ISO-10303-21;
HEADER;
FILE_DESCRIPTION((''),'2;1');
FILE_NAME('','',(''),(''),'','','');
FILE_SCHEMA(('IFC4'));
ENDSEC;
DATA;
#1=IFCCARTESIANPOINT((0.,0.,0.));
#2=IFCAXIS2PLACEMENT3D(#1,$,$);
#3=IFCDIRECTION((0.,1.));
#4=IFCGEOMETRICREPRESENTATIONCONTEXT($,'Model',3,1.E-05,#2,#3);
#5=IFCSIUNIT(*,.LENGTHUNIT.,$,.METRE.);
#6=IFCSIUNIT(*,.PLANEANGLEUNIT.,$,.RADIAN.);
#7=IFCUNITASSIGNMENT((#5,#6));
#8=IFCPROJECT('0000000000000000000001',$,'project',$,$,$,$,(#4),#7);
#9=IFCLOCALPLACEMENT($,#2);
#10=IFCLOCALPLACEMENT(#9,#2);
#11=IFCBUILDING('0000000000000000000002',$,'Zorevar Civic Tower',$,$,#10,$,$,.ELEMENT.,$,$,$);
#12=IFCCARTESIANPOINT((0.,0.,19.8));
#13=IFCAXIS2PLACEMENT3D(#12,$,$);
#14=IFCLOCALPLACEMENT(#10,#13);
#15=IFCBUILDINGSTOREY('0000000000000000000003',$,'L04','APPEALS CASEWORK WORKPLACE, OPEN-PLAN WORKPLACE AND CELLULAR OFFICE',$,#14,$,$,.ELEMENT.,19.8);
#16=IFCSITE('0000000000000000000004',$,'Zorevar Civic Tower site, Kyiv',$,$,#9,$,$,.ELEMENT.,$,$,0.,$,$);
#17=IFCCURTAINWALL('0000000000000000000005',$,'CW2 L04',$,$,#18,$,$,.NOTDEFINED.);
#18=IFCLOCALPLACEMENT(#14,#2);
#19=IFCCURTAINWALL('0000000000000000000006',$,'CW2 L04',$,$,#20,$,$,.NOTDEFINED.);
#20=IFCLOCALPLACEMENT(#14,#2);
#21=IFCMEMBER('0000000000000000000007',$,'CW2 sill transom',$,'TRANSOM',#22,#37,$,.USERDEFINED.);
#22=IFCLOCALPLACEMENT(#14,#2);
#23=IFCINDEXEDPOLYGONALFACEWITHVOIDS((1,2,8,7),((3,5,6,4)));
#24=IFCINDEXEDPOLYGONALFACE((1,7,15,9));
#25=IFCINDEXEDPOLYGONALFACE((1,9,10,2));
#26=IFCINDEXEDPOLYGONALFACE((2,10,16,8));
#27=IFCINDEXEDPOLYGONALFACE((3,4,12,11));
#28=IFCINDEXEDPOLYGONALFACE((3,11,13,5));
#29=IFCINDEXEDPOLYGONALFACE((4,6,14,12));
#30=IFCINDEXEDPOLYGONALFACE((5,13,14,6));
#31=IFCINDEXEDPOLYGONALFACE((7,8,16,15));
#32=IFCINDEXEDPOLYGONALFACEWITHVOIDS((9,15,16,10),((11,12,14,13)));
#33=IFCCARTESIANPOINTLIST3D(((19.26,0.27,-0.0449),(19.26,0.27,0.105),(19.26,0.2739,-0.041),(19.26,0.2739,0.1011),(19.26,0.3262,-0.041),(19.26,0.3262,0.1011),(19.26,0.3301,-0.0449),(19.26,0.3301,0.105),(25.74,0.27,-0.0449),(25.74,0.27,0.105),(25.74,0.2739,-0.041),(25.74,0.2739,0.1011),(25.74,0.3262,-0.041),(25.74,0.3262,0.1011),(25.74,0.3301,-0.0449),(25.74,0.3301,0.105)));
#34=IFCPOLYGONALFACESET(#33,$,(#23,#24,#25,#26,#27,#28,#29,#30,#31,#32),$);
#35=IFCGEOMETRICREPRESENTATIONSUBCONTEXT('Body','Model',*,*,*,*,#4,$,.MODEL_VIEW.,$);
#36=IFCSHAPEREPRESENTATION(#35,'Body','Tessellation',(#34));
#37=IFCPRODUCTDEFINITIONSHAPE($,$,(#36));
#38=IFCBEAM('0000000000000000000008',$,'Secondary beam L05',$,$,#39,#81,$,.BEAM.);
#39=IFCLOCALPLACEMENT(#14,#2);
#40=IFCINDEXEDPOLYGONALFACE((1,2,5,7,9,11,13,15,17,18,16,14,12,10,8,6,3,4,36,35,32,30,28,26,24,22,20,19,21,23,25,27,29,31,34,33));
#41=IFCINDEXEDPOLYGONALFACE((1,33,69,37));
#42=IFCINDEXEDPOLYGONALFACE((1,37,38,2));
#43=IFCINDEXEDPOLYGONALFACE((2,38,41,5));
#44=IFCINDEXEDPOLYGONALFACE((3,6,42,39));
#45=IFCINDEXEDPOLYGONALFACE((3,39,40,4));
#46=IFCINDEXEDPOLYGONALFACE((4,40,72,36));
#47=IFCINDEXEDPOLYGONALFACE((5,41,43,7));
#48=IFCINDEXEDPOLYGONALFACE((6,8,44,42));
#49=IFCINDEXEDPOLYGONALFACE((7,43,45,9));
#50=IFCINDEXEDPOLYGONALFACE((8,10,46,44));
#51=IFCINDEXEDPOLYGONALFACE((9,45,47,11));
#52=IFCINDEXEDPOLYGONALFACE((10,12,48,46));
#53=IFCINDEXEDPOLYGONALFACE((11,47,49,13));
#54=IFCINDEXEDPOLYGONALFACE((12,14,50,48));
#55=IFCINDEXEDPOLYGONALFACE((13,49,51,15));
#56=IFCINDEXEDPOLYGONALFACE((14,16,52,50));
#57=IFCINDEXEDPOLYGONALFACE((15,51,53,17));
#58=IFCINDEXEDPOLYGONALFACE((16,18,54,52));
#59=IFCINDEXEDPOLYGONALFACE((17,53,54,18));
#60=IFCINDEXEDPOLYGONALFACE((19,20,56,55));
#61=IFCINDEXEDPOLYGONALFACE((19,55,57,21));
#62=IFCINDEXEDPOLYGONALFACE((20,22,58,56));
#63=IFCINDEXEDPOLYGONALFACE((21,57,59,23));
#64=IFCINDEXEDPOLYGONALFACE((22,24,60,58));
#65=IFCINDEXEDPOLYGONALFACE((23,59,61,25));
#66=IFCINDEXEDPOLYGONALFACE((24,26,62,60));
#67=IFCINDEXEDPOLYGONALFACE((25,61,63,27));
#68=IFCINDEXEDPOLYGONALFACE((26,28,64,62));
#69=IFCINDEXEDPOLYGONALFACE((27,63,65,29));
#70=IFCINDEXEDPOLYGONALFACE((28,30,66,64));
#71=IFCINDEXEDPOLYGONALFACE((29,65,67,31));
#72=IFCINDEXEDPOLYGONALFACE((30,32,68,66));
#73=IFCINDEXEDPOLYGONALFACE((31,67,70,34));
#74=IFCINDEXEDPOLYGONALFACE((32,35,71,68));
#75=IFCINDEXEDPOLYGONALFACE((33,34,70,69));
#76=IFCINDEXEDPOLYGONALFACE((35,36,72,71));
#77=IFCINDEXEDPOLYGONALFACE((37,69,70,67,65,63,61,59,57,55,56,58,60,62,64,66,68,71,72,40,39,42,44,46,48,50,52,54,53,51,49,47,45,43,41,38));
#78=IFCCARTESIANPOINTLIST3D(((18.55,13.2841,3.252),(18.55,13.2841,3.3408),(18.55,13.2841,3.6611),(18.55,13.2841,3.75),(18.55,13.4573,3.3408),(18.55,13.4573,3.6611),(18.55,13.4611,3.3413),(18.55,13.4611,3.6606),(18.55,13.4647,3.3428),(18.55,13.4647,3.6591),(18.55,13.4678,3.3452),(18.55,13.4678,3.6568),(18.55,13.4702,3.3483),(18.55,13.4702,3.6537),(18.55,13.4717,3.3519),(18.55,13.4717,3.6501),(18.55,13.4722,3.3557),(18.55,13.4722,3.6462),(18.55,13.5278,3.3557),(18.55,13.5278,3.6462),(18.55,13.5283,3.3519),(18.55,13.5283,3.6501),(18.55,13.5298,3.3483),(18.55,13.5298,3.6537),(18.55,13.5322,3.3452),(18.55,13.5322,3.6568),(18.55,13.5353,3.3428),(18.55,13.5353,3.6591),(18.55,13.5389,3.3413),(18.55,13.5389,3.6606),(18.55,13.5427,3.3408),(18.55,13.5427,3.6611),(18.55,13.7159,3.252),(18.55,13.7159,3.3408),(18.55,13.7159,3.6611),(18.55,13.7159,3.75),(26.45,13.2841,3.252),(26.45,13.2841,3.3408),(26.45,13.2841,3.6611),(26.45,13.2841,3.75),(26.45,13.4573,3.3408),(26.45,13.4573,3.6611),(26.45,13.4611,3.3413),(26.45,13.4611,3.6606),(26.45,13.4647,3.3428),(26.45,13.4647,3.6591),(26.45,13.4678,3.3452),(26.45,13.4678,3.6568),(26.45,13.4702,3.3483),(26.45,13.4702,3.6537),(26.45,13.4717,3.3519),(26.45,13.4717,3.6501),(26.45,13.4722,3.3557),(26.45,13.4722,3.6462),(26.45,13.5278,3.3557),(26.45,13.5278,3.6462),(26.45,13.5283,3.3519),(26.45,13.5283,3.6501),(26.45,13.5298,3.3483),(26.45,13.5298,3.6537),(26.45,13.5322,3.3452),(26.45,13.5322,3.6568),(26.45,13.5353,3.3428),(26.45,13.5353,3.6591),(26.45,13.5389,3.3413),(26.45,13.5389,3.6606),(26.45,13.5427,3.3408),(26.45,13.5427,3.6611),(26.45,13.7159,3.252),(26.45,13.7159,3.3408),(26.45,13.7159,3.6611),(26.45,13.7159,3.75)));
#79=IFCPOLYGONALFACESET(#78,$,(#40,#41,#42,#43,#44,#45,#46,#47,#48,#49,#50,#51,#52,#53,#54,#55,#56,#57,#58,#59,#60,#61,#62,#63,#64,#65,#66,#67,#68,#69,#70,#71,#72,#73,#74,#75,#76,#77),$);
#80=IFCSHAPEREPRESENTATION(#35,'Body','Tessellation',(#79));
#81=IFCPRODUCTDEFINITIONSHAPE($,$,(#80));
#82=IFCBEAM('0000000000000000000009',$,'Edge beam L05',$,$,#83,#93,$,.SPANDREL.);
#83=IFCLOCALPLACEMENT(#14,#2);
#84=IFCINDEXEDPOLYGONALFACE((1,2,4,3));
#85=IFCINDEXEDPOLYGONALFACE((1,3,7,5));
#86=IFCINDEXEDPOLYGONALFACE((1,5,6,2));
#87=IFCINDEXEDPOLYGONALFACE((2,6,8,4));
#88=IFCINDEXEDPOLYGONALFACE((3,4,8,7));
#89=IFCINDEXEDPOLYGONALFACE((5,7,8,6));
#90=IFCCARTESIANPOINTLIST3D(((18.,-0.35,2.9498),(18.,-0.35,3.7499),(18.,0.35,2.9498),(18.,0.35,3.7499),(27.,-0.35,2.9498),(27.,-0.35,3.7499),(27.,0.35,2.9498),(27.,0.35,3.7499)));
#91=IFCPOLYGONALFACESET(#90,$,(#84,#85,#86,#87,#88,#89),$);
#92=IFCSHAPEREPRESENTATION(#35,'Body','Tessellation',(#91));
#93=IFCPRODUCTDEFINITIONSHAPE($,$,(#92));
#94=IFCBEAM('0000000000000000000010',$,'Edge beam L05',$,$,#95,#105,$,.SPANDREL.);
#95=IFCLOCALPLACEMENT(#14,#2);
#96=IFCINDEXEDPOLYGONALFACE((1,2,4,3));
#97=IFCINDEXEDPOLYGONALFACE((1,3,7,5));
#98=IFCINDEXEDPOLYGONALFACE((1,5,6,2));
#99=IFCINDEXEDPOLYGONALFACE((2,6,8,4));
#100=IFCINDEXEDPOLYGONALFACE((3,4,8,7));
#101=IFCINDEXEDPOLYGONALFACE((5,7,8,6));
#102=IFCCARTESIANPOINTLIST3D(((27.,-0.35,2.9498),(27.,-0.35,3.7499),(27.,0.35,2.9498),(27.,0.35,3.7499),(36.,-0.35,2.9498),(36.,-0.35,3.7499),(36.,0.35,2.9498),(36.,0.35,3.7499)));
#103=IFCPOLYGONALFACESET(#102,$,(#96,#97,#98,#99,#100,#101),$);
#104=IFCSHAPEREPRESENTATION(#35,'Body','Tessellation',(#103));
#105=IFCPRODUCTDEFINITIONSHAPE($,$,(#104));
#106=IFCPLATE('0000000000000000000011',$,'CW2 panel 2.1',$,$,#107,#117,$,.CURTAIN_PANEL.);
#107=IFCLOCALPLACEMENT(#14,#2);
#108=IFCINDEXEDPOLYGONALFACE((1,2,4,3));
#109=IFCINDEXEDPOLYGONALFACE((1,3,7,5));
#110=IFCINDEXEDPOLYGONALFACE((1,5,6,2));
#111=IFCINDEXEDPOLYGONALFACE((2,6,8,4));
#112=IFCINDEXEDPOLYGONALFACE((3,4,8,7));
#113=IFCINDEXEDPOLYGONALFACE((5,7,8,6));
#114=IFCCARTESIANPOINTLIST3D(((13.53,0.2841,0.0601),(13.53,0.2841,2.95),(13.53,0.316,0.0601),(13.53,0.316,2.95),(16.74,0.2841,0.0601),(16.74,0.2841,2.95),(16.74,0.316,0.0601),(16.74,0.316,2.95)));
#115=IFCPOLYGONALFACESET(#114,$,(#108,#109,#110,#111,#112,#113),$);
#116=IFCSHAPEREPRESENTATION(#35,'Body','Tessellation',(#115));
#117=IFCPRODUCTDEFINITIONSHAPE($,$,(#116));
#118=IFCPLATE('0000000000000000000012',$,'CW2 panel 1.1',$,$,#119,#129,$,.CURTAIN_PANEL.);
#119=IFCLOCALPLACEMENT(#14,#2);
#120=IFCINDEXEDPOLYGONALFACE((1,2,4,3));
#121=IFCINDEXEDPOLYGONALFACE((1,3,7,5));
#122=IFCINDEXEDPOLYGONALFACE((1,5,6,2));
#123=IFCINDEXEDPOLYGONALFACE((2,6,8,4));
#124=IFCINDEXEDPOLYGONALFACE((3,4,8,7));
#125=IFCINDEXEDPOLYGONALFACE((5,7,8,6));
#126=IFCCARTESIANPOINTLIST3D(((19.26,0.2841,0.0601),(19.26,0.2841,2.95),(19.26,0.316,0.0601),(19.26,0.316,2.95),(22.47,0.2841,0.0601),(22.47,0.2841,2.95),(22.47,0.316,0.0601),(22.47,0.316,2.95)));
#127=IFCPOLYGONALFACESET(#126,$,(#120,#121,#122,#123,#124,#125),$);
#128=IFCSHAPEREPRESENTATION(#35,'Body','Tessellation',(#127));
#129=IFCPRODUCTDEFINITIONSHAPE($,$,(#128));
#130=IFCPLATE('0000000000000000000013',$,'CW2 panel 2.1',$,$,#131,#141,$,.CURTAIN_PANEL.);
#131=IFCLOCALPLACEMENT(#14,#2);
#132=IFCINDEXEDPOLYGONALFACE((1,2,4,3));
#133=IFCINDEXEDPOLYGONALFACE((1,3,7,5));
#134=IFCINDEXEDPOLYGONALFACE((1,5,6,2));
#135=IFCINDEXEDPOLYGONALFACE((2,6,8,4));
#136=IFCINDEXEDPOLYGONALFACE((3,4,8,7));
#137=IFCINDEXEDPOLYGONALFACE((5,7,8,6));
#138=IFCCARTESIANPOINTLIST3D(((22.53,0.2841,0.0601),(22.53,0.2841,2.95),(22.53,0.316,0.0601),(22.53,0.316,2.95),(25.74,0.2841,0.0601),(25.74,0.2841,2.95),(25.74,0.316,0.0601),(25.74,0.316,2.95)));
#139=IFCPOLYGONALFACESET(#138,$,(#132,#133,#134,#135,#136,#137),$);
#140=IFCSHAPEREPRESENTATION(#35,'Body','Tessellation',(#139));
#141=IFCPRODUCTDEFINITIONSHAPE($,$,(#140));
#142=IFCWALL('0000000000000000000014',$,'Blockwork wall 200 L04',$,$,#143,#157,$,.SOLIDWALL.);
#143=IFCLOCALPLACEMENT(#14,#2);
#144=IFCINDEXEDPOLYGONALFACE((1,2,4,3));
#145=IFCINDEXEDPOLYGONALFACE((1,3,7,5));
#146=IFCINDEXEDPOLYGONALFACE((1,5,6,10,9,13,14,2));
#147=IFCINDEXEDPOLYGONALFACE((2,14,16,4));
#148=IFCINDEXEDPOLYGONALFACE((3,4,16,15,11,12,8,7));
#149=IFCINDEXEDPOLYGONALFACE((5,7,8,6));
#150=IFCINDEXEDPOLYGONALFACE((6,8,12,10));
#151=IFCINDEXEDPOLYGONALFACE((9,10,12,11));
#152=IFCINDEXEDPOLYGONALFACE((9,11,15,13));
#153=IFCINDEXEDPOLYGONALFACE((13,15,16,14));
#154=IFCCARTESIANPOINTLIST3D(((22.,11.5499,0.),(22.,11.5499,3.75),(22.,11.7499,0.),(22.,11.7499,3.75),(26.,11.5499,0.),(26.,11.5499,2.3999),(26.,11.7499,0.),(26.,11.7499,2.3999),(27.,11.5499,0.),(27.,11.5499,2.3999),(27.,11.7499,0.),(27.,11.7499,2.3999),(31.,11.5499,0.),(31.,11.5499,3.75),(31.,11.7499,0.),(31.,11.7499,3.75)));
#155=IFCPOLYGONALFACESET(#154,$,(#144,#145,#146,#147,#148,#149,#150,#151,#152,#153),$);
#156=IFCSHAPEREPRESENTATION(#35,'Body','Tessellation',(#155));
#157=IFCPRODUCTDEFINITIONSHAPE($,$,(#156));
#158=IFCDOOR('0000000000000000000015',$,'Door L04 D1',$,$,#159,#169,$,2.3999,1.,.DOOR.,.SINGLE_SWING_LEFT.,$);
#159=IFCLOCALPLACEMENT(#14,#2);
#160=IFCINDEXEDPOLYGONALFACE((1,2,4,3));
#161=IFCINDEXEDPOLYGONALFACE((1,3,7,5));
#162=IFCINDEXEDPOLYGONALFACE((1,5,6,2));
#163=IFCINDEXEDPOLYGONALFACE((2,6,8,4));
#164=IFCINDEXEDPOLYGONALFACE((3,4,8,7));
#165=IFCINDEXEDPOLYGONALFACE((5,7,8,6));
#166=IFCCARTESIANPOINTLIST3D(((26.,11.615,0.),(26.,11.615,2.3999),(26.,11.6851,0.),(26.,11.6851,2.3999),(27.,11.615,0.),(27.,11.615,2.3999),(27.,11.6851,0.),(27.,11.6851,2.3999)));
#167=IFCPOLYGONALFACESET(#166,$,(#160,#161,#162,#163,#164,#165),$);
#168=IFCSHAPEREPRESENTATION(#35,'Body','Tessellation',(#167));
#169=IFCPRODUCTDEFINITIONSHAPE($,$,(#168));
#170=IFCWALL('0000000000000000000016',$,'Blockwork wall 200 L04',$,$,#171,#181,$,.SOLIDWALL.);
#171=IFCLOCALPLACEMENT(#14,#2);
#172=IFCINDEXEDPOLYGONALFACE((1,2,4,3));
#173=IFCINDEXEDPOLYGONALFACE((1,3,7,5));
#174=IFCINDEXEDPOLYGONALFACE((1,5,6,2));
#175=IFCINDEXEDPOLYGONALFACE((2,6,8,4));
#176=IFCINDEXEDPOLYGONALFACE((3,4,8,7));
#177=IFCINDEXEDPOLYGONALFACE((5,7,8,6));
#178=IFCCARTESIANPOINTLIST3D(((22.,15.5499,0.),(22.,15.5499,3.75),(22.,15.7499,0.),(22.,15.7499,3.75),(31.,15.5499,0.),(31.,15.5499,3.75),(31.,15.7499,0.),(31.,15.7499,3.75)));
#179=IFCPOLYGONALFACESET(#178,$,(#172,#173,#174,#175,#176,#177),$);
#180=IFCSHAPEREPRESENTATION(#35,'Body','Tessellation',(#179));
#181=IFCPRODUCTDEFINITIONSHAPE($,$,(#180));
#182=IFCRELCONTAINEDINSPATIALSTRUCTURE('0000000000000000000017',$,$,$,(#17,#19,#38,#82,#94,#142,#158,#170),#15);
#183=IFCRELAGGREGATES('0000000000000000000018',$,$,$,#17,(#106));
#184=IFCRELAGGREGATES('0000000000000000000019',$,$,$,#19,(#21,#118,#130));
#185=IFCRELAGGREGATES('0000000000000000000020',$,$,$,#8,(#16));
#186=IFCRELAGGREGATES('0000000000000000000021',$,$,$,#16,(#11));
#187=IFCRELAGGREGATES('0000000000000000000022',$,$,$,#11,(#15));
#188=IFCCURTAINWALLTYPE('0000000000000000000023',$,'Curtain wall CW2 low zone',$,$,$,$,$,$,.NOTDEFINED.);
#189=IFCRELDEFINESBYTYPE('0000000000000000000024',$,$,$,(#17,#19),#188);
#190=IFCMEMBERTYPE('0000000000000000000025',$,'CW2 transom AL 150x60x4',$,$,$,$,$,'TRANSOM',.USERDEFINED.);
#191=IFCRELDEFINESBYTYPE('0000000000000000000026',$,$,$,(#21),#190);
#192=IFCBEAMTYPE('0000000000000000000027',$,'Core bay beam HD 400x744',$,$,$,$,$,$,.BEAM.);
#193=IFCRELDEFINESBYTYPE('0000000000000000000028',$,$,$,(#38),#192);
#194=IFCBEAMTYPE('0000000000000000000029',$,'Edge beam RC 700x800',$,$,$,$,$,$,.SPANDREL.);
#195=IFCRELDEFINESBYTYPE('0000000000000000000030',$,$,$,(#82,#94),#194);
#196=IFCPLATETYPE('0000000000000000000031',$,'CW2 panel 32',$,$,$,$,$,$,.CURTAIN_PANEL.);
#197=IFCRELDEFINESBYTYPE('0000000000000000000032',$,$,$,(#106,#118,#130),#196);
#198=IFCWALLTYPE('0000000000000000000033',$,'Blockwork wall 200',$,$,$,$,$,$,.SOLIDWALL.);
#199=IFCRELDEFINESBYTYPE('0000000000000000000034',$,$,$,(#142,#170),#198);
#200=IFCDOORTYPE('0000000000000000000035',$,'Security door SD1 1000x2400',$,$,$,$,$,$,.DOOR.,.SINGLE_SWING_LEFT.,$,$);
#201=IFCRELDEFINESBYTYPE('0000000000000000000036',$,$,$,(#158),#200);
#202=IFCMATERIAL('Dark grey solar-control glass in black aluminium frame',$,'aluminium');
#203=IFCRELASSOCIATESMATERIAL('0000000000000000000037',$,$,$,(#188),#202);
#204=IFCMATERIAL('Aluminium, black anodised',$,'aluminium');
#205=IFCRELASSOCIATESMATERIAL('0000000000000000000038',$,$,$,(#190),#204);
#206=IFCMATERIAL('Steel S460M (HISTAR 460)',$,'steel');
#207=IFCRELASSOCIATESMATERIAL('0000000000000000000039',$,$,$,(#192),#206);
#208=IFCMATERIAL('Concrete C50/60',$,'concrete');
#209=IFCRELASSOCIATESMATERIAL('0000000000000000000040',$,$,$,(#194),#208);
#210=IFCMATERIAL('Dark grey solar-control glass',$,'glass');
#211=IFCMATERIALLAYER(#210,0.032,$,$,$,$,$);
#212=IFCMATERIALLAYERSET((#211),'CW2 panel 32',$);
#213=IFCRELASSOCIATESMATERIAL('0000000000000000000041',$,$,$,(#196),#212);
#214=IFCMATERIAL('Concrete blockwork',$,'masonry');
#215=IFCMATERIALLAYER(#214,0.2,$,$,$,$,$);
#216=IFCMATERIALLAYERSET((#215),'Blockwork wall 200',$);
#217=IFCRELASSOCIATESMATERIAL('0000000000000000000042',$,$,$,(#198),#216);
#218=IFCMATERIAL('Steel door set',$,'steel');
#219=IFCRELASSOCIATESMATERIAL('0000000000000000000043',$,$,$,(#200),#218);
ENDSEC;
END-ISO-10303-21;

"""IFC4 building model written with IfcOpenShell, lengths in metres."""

from ifc_helpers import new_model, si_unit, direction, frame, frame_2d, origin, origin_2d, place, context, subcontext, project, spatial, rectangle, hollow_rectangle, i_section, extrude, material, layer, layer_set, material_profile, profile_set, type_object, element, fill, aggregate, save


model = new_model("IFC4")

# Units and contexts
model_context = context("Model", 3, precision=1e-05, world=origin(), true_north=direction((0.0, 1.0)))
body_context = subcontext(model_context, "Body", "Model", "MODEL_VIEW")
ifc_project = project(units=[si_unit("LENGTHUNIT", "METRE"), si_unit("PLANEANGLEUNIT", "RADIAN")], contexts=[model_context])

# Site, building, storey
site_placement = place(None, origin())
site = spatial("IfcSite", under=ifc_project, at=site_placement, Name="Zorevar Civic Tower site, Kyiv", CompositionType="ELEMENT", RefElevation=0.0)
building_placement = place(site_placement, origin())
building = spatial("IfcBuilding", under=site, at=building_placement, Name="Zorevar Civic Tower", CompositionType="ELEMENT")
storey_placement = place(building_placement, frame((0.0, 0.0, 19.8)))
storey = spatial("IfcBuildingStorey", under=building, at=storey_placement, Name="L04", Description="APPEALS CASEWORK WORKPLACE, OPEN-PLAN WORKPLACE AND CELLULAR OFFICE", CompositionType="ELEMENT", Elevation=19.8)

# Curtain wall
ifc_material_1 = material(Name="Dark grey solar-control glass in black aluminium frame", Category="aluminium")
curtain_wall_type = type_object("IfcCurtainWallType", Name="Curtain wall CW2 low zone", PredefinedType="NOTDEFINED", material=ifc_material_1)
curtain_wall_1_placement = place(storey_placement, origin())
curtain_wall_1 = element("IfcCurtainWall", 1, at=curtain_wall_1_placement, inside=storey, type_object=curtain_wall_type, Name="CW2 L04", PredefinedType="NOTDEFINED")

# Curtain wall, member
curtain_wall_2_placement = place(storey_placement, origin())
curtain_wall_2 = element("IfcCurtainWall", 2, at=curtain_wall_2_placement, inside=storey, type_object=curtain_wall_type, Name="CW2 L04", PredefinedType="NOTDEFINED")
ifc_material_2 = material(Name="Aluminium, black anodised", Category="aluminium")
ifc_material_profile_1 = material_profile(ifc_material_2, hollow_rectangle(XDim=0.0601, YDim=0.1499, WallThickness=0.0039, at=origin_2d()), Name="AL 150x60x4")
ifc_profile_set_1 = profile_set([ifc_material_profile_1], Name="Aluminium, black anodised")
member_type_1 = type_object("IfcMemberType", Name="CW2 transom AL 150x60x4", ElementType="TRANSOM", PredefinedType="USERDEFINED", material=ifc_profile_set_1)
member_1_placement = place(storey_placement, frame((19.26, 0.3, 0.03), z_axis=(1.0, 0.0, 0.0), x_axis=(0.0, 1.0, 0.0)))
member_1 = element("IfcMember", 3, at=member_1_placement, type_object=member_type_1, Name="CW2 sill transom", ObjectType="TRANSOM", PredefinedType="USERDEFINED", context=body_context, shape_type="SweptSolid", body=[
    extrude(hollow_rectangle(XDim=0.0601, YDim=0.1499, WallThickness=0.0039, at=origin_2d()), origin(), (0.0, 0.0, 1.0), 6.48),
])

# Beams
ifc_material_3 = material(Name="Steel S460M (HISTAR 460)", Category="steel")
ifc_material_profile_2 = material_profile(ifc_material_3, i_section(OverallWidth=0.4319, OverallDepth=0.498, WebThickness=0.0557, FlangeThickness=0.0889, FilletRadius=0.0149, at=origin_2d()), Name="HD 400x744")
ifc_profile_set_2 = profile_set([ifc_material_profile_2], Name="Steel S460M (HISTAR 460)")
beam_type_1 = type_object("IfcBeamType", Name="Core bay beam HD 400x744", PredefinedType="BEAM", material=ifc_profile_set_2)
beam_1_placement = place(storey_placement, frame((18.55, 13.5, 3.501), z_axis=(1.0, 0.0, 0.0), x_axis=(0.0, 1.0, 0.0)))
element("IfcBeam", 4, at=beam_1_placement, inside=storey, type_object=beam_type_1, Name="Secondary beam L05", PredefinedType="BEAM", context=body_context, shape_type="SweptSolid", body=[
    extrude(i_section(OverallWidth=0.4319, OverallDepth=0.498, WebThickness=0.0557, FlangeThickness=0.0889, FilletRadius=0.0149, at=origin_2d()), origin(), (0.0, 0.0, 1.0), 7.8999),
])
ifc_material_4 = material(Name="Concrete C50/60", Category="concrete")
ifc_material_profile_3 = material_profile(ifc_material_4, rectangle(XDim=0.7, YDim=0.8, at=origin_2d()), Name="RC 700x800")
ifc_profile_set_3 = profile_set([ifc_material_profile_3], Name="Concrete C50/60")
beam_type_2 = type_object("IfcBeamType", Name="Edge beam RC 700x800", PredefinedType="SPANDREL", material=ifc_profile_set_3)
for number, where, z_axis, x_axis, name in (
    (5, (18.0, 0.0, 3.3499), (1.0, 0.0, 0.0), (0.0, 1.0, 0.0), "Edge beam L05"),
    (6, (27.0, 0.0, 3.3499), (1.0, 0.0, 0.0), (0.0, 1.0, 0.0), "Edge beam L05"),
):
    element("IfcBeam", number, at=place(storey_placement, frame(where, z_axis=z_axis, x_axis=x_axis)), inside=storey, type_object=beam_type_2, Name=name, PredefinedType="SPANDREL", context=body_context, shape_type="SweptSolid", body=[
        extrude(rectangle(XDim=0.7, YDim=0.8, at=origin_2d()), origin(), (0.0, 0.0, 1.0), 9.0),
    ])

# Plates
ifc_material_5 = material(Name="Dark grey solar-control glass", Category="glass")
ifc_layer_1 = layer(ifc_material_5, 0.032)
ifc_layer_set_1 = layer_set([ifc_layer_1], Name="CW2 panel 32")
plate_type = type_object("IfcPlateType", Name="CW2 panel 32", PredefinedType="CURTAIN_PANEL", material=ifc_layer_set_1)
plate_1_placement = place(storey_placement, frame((15.135, 0.3, 0.0601), z_axis=(0.0, 0.0, 1.0), x_axis=(1.0, 0.0, 0.0)))
plate_1 = element("IfcPlate", 7, at=plate_1_placement, type_object=plate_type, Name="CW2 panel 2.1", PredefinedType="CURTAIN_PANEL", context=body_context, shape_type="SweptSolid", body=[
    extrude(rectangle(XDim=3.21, YDim=0.032, at=origin_2d()), origin(), (0.0, 0.0, 1.0), 2.8899),
])
aggregate(curtain_wall_1, [plate_1])
plate_2_placement = place(storey_placement, frame((20.865, 0.3, 0.0601), z_axis=(0.0, 0.0, 1.0), x_axis=(1.0, 0.0, 0.0)))
plate_2 = element("IfcPlate", 8, at=plate_2_placement, type_object=plate_type, Name="CW2 panel 1.1", PredefinedType="CURTAIN_PANEL", context=body_context, shape_type="SweptSolid", body=[
    extrude(rectangle(XDim=3.21, YDim=0.032, at=origin_2d()), origin(), (0.0, 0.0, 1.0), 2.8899),
])
plate_3_placement = place(storey_placement, frame((24.135, 0.3, 0.0601), z_axis=(0.0, 0.0, 1.0), x_axis=(1.0, 0.0, 0.0)))
plate_3 = element("IfcPlate", 9, at=plate_3_placement, type_object=plate_type, Name="CW2 panel 2.1", PredefinedType="CURTAIN_PANEL", context=body_context, shape_type="SweptSolid", body=[
    extrude(rectangle(XDim=3.21, YDim=0.032, at=origin_2d()), origin(), (0.0, 0.0, 1.0), 2.8899),
])
aggregate(curtain_wall_2, [member_1, plate_2, plate_3])

# Wall, opening, door
ifc_material_6 = material(Name="Concrete blockwork", Category="masonry")
ifc_layer_2 = layer(ifc_material_6, 0.2)
ifc_layer_set_2 = layer_set([ifc_layer_2], Name="Blockwork wall 200")
wall_type_1 = type_object("IfcWallType", Name="Blockwork wall 200", PredefinedType="SOLIDWALL", material=ifc_layer_set_2)
wall_1_placement = place(storey_placement, frame((22.0, 11.6499, 0.0), z_axis=(0.0, 0.0, 1.0), x_axis=(1.0, 0.0, 0.0)))
wall_1 = element("IfcWall", 10, at=wall_1_placement, inside=storey, type_object=wall_type_1, Name="Blockwork wall 200 L04", PredefinedType="SOLIDWALL", context=body_context, shape_type="SweptSolid", body=[
    extrude(rectangle(XDim=9.0, YDim=0.2, at=frame_2d((4.5, 0.0))), origin(), (0.0, 0.0, 1.0), 3.75),
])
opening_1_placement = place(wall_1_placement, frame((4.0, 0.0, 0.0)))
opening_1 = element("IfcOpeningElement", 11, at=opening_1_placement, cuts=wall_1, PredefinedType="OPENING", context=body_context, shape_type="SweptSolid", body=[
    extrude(rectangle(XDim=1.0, YDim=2.3999, at=frame_2d((0.5, 1.2))), frame((0.0, 0.1099, 0.0), z_axis=(0.0, -1.0, 0.0), x_axis=(1.0, 0.0, 0.0)), (0.0, 0.0, 1.0), 0.22),
])
ifc_material_7 = material(Name="Steel door set", Category="steel")
door_type_1 = type_object("IfcDoorType", Name="Security door SD1 1000x2400", OperationType="SINGLE_SWING_LEFT", PredefinedType="DOOR", material=ifc_material_7)
door_1_placement = place(opening_1_placement, origin())
door_1 = element("IfcDoor", 12, at=door_1_placement, inside=storey, type_object=door_type_1, Name="Door L04 D1", OperationType="SINGLE_SWING_LEFT", OverallHeight=2.3999, OverallWidth=1.0, PredefinedType="DOOR", context=body_context, shape_type="SweptSolid", body=[
    extrude(rectangle(XDim=1.0, YDim=2.3999, at=frame_2d((0.5, 1.2))), frame((0.0, 0.0352, 0.0), z_axis=(0.0, -1.0, 0.0), x_axis=(1.0, 0.0, 0.0)), (0.0, 0.0, 1.0), 0.0701),
])
fill(opening_1, door_1)

# Wall
wall_2_placement = place(storey_placement, frame((22.0, 15.6499, 0.0), z_axis=(0.0, 0.0, 1.0), x_axis=(1.0, 0.0, 0.0)))
element("IfcWall", 13, at=wall_2_placement, inside=storey, type_object=wall_type_1, Name="Blockwork wall 200 L04", PredefinedType="SOLIDWALL", context=body_context, shape_type="SweptSolid", body=[
    extrude(rectangle(XDim=9.0, YDim=0.2, at=frame_2d((4.5, 0.0))), origin(), (0.0, 0.0, 1.0), 3.75),
])

save(model, "model.ifc")
